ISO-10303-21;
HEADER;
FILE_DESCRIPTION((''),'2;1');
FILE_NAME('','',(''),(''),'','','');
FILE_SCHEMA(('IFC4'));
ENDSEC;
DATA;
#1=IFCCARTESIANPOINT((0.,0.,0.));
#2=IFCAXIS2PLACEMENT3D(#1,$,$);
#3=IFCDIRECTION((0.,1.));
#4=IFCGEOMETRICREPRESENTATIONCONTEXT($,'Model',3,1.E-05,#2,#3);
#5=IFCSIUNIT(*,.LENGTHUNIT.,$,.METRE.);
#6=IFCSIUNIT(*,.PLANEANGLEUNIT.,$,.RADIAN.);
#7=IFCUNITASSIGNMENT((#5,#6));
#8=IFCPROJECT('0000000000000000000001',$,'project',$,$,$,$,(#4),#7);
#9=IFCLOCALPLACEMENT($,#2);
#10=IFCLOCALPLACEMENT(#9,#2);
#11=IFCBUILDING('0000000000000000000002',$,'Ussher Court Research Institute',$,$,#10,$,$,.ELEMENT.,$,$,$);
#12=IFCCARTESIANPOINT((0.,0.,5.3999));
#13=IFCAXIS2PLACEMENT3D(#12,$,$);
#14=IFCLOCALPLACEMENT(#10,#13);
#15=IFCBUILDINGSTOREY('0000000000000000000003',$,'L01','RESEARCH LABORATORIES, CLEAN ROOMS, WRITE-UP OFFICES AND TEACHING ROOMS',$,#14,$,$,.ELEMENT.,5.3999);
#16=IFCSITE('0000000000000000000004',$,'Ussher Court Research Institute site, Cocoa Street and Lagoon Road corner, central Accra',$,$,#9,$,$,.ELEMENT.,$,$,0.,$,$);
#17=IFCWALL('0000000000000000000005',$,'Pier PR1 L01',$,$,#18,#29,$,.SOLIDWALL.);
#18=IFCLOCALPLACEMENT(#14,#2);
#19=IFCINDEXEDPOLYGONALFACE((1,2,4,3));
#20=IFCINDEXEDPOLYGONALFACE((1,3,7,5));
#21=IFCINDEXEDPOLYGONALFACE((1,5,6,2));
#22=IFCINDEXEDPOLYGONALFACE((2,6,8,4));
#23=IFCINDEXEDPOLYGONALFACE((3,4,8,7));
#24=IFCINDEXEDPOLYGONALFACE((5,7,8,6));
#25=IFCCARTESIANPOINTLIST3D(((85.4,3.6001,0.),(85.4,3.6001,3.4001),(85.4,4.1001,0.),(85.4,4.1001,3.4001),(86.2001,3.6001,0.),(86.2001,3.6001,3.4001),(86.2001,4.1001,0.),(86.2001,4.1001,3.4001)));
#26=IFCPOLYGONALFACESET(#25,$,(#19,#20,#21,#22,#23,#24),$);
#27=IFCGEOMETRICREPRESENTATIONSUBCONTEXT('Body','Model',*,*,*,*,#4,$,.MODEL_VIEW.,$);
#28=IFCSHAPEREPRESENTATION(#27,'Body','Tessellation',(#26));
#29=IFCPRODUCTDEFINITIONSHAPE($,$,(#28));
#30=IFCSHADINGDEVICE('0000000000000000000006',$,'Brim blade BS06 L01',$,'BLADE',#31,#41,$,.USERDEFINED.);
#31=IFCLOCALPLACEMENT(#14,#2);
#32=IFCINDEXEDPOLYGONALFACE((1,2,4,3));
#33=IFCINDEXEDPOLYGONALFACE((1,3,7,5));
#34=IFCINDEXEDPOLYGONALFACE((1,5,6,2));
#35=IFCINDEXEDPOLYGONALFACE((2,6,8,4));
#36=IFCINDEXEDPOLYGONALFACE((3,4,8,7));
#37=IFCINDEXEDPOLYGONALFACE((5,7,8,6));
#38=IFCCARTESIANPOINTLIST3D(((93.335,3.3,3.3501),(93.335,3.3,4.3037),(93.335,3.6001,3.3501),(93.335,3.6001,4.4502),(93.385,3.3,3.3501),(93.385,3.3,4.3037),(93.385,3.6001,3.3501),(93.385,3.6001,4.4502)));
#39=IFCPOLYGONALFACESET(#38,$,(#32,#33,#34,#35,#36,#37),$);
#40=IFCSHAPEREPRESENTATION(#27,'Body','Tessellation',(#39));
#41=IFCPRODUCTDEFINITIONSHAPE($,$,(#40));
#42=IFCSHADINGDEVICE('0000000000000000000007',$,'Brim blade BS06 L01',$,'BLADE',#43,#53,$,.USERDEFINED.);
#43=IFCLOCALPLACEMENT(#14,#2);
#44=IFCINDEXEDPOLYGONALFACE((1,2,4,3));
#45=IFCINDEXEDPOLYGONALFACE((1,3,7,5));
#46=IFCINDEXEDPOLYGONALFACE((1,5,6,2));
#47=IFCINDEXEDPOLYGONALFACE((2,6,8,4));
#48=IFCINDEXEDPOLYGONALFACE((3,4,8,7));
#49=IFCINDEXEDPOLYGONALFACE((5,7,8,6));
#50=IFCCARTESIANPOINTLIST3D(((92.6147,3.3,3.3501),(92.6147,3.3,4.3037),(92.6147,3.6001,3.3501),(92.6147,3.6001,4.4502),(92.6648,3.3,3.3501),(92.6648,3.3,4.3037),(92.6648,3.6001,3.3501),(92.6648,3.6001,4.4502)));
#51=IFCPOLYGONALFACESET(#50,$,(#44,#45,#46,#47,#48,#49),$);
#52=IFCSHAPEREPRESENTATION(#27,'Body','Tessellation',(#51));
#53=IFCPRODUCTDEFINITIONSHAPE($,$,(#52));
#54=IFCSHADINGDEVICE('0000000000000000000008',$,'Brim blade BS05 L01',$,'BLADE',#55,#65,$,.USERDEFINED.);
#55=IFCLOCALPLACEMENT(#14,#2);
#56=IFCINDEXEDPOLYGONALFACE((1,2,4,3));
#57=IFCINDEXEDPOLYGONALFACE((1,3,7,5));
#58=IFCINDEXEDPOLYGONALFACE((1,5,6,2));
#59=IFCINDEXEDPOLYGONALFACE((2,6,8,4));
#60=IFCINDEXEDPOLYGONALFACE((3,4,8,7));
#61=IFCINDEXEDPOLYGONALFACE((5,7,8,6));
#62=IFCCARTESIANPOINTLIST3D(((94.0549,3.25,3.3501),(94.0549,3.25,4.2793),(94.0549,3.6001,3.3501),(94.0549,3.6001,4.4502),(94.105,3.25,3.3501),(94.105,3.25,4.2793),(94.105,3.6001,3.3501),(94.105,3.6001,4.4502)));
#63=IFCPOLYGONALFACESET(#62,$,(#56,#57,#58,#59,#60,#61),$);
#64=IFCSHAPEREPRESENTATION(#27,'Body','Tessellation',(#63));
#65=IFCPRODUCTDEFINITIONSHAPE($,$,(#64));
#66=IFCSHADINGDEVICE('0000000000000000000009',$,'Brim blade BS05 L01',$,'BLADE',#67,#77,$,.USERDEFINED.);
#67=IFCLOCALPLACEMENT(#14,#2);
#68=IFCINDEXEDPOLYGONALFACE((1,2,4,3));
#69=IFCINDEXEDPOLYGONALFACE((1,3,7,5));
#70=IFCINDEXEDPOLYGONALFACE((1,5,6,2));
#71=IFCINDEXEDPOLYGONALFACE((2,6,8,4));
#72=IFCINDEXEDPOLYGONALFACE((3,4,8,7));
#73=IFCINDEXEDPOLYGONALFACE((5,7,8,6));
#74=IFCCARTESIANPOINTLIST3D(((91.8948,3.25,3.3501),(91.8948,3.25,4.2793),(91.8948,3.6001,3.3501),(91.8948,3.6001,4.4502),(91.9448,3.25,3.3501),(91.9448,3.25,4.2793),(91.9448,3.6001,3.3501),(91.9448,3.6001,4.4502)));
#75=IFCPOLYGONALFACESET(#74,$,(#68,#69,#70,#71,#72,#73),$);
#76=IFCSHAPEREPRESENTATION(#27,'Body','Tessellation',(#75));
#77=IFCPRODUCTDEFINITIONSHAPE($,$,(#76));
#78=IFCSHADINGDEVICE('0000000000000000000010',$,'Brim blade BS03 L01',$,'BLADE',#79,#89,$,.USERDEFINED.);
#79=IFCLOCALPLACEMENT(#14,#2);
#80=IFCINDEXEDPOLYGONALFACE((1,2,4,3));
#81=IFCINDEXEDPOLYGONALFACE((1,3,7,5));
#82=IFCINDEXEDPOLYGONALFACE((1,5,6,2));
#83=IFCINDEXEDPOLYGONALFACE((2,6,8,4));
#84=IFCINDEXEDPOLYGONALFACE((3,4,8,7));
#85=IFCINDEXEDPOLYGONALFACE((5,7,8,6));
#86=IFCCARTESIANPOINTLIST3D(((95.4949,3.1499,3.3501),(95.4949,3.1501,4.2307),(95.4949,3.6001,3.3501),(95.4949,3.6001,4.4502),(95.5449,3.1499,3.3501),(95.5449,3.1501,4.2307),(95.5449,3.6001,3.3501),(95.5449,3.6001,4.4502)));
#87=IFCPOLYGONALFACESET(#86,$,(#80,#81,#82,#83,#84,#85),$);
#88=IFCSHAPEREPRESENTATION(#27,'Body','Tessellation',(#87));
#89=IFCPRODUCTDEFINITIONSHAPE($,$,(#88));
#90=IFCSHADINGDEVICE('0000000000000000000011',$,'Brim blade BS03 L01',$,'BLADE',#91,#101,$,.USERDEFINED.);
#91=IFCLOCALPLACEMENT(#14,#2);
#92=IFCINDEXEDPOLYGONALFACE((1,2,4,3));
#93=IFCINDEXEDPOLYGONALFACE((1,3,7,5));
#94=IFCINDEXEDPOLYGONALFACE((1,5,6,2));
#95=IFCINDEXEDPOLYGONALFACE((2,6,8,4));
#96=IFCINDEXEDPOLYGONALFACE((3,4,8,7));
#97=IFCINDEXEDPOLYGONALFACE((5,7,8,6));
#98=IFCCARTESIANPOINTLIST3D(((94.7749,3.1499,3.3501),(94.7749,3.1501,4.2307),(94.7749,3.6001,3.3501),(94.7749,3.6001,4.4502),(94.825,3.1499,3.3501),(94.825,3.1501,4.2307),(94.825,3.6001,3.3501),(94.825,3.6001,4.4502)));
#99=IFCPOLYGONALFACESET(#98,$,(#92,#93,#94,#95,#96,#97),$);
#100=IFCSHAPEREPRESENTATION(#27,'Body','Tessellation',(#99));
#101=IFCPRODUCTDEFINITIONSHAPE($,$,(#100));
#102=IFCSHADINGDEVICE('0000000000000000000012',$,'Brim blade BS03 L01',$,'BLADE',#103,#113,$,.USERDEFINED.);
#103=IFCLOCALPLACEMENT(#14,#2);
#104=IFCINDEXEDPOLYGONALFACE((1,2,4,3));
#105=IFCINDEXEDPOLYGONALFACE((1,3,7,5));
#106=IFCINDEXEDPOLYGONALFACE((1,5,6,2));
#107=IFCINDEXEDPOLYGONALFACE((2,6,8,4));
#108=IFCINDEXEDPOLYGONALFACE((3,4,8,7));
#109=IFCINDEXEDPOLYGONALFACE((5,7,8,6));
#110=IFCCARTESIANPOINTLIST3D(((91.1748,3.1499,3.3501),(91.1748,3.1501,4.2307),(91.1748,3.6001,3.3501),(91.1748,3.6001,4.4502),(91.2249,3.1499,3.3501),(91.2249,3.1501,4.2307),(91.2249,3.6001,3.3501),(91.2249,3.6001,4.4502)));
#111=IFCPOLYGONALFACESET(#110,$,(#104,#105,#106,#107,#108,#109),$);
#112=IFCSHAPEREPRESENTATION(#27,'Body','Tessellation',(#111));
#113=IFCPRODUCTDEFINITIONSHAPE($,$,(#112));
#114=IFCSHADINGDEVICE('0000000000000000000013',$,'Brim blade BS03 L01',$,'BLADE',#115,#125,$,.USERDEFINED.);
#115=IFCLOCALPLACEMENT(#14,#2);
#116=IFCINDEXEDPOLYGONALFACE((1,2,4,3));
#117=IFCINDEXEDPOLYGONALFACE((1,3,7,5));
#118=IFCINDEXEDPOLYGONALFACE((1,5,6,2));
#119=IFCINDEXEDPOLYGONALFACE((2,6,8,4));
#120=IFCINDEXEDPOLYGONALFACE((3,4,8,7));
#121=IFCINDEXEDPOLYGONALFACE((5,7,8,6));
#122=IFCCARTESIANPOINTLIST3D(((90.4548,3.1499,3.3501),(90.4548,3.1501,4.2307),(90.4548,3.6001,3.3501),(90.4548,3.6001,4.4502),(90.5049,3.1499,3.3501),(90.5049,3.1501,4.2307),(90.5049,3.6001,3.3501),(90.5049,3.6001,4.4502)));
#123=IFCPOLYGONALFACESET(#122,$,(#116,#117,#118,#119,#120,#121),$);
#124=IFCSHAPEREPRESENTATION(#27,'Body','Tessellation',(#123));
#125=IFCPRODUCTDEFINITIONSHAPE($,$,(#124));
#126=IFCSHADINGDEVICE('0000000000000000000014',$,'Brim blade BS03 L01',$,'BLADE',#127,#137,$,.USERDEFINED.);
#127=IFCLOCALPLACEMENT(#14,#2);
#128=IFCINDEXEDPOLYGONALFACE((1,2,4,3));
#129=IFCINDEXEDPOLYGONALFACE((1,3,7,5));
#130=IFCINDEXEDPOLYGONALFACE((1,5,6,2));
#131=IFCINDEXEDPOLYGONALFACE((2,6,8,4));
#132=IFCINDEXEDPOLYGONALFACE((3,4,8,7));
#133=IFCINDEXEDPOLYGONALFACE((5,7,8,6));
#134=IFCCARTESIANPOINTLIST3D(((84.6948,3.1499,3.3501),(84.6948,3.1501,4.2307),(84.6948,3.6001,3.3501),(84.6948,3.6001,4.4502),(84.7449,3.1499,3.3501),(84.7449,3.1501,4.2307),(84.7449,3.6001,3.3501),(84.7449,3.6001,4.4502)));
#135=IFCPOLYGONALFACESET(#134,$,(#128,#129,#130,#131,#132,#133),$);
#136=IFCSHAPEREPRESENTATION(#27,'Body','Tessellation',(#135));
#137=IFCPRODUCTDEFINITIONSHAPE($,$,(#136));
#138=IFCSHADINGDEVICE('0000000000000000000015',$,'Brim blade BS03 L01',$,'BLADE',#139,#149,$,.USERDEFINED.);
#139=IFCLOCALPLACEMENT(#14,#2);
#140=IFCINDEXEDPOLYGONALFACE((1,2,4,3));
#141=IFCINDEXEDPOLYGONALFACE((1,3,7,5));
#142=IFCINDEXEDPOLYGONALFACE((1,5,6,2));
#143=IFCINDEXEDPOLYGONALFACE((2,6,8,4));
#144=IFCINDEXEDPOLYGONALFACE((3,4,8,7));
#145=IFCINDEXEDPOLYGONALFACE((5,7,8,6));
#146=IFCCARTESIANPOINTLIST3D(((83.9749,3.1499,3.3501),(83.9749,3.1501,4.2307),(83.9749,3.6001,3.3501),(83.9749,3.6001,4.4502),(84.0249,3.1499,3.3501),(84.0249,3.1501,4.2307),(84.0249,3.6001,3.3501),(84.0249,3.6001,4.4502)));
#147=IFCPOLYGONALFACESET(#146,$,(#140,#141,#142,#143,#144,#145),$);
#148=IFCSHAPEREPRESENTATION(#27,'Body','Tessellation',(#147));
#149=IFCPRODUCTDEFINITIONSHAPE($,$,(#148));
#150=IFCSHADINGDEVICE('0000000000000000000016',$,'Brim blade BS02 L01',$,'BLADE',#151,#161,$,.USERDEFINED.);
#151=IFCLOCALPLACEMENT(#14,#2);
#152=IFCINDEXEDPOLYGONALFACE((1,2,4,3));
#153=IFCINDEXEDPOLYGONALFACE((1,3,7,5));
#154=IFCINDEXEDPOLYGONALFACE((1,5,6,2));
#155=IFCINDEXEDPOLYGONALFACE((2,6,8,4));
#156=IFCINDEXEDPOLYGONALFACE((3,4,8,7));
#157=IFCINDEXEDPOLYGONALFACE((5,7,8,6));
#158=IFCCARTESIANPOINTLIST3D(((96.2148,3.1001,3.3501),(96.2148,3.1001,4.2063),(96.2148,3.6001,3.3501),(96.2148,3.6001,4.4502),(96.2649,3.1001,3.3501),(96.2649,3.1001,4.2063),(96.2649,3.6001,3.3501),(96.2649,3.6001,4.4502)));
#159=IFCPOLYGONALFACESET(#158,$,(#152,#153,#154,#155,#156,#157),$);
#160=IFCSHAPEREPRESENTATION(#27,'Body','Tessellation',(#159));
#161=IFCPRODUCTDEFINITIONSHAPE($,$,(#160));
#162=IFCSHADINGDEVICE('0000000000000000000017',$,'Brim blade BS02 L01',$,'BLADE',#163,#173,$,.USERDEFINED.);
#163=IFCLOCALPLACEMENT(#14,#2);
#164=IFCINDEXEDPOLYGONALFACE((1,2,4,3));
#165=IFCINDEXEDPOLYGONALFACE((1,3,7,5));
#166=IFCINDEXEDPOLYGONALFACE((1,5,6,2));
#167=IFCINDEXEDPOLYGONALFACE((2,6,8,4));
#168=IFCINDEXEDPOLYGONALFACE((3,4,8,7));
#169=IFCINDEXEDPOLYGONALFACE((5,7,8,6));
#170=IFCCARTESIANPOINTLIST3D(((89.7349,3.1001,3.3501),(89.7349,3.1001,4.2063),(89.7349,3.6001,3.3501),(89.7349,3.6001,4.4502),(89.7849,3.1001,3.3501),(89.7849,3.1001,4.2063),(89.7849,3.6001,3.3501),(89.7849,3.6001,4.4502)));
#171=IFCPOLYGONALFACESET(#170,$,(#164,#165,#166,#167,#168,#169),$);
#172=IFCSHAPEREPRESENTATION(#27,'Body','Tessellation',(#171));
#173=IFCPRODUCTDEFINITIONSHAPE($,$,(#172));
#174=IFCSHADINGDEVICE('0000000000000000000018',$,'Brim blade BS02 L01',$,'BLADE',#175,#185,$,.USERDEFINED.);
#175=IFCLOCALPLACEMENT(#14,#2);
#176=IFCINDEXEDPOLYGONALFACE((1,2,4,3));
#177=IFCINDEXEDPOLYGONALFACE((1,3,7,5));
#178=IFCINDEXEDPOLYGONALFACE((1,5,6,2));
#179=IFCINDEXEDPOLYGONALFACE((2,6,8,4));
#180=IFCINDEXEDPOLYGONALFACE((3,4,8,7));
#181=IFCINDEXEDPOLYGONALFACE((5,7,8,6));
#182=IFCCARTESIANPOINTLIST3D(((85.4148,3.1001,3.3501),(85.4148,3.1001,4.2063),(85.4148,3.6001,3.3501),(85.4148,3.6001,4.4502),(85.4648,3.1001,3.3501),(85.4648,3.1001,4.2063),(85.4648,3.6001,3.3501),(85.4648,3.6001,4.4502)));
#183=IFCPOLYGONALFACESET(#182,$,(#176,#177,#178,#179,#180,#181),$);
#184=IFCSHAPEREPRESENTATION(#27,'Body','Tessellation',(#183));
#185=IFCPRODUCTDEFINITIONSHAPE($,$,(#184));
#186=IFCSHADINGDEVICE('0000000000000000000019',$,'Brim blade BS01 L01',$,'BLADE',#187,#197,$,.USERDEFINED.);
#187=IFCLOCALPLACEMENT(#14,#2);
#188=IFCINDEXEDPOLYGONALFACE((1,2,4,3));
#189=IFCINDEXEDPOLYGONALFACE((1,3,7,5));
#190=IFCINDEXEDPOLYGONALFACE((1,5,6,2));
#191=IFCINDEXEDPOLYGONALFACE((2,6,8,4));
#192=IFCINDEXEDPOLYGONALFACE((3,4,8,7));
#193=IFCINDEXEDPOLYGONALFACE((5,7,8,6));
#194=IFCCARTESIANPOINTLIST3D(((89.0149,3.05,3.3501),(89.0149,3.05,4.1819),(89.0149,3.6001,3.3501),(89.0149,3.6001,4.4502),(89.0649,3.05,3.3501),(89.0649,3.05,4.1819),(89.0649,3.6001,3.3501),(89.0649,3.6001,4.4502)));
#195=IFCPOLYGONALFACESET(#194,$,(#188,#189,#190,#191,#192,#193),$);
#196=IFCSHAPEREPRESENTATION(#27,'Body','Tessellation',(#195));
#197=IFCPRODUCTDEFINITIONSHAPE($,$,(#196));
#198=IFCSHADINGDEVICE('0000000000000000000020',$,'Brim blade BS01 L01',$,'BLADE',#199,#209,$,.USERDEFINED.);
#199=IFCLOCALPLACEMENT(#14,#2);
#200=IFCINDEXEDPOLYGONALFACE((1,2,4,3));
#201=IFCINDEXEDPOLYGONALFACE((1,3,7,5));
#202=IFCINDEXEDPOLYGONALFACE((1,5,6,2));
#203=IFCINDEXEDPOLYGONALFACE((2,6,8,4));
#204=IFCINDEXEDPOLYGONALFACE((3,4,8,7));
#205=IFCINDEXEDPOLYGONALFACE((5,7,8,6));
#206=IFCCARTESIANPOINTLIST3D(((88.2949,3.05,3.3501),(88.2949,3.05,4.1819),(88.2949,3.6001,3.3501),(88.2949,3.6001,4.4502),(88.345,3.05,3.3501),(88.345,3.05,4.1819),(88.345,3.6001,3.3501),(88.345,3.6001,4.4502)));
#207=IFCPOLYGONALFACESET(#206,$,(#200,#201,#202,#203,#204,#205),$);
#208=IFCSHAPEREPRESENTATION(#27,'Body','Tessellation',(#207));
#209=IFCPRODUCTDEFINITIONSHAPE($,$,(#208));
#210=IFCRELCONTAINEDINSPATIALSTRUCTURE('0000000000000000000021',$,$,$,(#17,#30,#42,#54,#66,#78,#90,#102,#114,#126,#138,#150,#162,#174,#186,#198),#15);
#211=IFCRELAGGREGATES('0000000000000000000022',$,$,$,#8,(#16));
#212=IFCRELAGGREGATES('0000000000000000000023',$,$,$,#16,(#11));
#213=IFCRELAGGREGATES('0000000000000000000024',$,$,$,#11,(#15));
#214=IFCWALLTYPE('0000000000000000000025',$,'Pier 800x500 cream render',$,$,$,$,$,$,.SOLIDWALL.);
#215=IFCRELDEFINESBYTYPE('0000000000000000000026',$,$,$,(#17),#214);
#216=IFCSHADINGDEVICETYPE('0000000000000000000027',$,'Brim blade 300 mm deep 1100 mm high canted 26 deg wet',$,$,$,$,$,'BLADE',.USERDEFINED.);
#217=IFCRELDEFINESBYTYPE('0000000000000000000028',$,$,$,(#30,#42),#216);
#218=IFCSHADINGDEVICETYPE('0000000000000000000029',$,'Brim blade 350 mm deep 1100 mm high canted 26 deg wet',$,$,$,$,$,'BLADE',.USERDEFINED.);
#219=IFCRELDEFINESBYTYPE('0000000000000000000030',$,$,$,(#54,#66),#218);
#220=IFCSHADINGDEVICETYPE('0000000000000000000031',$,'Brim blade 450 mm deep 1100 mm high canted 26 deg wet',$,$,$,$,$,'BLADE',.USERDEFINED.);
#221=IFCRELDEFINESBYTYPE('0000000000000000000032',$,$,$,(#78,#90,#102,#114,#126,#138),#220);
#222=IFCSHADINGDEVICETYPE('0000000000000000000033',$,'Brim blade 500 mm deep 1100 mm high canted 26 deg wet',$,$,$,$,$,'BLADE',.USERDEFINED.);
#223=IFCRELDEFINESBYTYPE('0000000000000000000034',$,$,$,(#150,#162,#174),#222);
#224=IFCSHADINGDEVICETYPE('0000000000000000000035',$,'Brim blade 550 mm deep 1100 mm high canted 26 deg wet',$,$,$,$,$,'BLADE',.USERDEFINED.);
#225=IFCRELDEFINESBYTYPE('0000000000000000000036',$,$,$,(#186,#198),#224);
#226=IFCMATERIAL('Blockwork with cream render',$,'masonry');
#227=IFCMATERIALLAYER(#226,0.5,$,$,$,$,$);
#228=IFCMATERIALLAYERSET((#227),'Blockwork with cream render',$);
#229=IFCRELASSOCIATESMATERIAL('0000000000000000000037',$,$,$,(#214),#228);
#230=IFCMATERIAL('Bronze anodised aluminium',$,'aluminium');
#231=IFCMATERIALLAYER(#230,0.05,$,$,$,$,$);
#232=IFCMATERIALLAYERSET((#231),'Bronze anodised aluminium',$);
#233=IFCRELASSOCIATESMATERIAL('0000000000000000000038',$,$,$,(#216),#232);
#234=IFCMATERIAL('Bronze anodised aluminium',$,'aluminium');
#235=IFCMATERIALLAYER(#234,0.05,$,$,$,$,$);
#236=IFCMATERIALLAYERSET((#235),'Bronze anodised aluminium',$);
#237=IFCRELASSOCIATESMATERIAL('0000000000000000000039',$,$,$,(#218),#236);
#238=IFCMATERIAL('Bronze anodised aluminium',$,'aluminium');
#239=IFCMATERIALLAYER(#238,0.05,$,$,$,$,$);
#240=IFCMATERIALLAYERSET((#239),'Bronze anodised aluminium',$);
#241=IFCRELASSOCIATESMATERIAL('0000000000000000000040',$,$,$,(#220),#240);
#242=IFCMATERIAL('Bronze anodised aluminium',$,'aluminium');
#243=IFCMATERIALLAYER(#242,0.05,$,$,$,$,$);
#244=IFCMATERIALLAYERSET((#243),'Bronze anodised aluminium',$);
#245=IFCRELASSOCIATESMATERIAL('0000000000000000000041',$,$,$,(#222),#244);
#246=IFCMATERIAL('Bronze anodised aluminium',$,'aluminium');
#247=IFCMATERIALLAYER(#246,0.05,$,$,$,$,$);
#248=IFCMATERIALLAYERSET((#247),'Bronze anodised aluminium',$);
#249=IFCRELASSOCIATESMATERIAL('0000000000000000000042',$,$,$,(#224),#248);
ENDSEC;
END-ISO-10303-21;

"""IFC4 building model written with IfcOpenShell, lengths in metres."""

from ifc_helpers import new_model, si_unit, direction, frame, frame_2d, origin, place, context, subcontext, project, spatial, polyline, rectangle, outline, extrude, material, layer, layer_set, type_object, element, save


model = new_model("IFC4")

# Units and contexts
model_context = context("Model", 3, precision=1e-05, world=origin(), true_north=direction((0.0, 1.0)))
body_context = subcontext(model_context, "Body", "Model", "MODEL_VIEW")
ifc_project = project(units=[si_unit("LENGTHUNIT", "METRE"), si_unit("PLANEANGLEUNIT", "RADIAN")], contexts=[model_context])

# Site, building, storey
site_placement = place(None, origin())
site = spatial("IfcSite", under=ifc_project, at=site_placement, Name="Ussher Court Research Institute site, Cocoa Street and Lagoon Road corner, central Accra", CompositionType="ELEMENT", RefElevation=0.0)
building_placement = place(site_placement, origin())
building = spatial("IfcBuilding", under=site, at=building_placement, Name="Ussher Court Research Institute", CompositionType="ELEMENT")
storey_placement = place(building_placement, frame((0.0, 0.0, 5.3999)))
storey = spatial("IfcBuildingStorey", under=building, at=storey_placement, Name="L01", Description="RESEARCH LABORATORIES, CLEAN ROOMS, WRITE-UP OFFICES AND TEACHING ROOMS", CompositionType="ELEMENT", Elevation=5.3999)

# Wall
ifc_material_1 = material(Name="Blockwork with cream render", Category="masonry")
ifc_layer_1 = layer(ifc_material_1, 0.5)
ifc_layer_set_1 = layer_set([ifc_layer_1], Name="Blockwork with cream render")
wall_type_1 = type_object("IfcWallType", Name="Pier 800x500 cream render", PredefinedType="SOLIDWALL", material=ifc_layer_set_1)
wall_1_placement = place(storey_placement, frame((86.2, 3.8501, 0.0), z_axis=(0.0, 0.0, 1.0), x_axis=(-1.0, 0.0, 0.0)))
element("IfcWall", 1, at=wall_1_placement, inside=storey, type_object=wall_type_1, Name="Pier PR1 L01", PredefinedType="SOLIDWALL", context=body_context, shape_type="SweptSolid", body=[
    extrude(rectangle(XDim=0.8, YDim=0.5, at=frame_2d((0.3999, 0.0))), origin(), (0.0, 0.0, 1.0), 3.4001),
])

# Shading devices
ifc_material_2 = material(Name="Bronze anodised aluminium", Category="aluminium")
ifc_layer_2 = layer(ifc_material_2, 0.05)
ifc_layer_set_2 = layer_set([ifc_layer_2], Name="Bronze anodised aluminium")
shading_device_type_1 = type_object("IfcShadingDeviceType", Name="Brim blade 300 mm deep 1100 mm high canted 26 deg wet", ElementType="BLADE", PredefinedType="USERDEFINED", material=ifc_layer_set_2)
for number, where, z_axis, x_axis, name in (
    (2, (93.3601, 3.6001, 3.3501), (0.0, 0.0, 1.0), (0.0, -1.0, 0.0), "Brim blade BS06 L01"),
    (3, (92.6399, 3.6001, 3.3501), (0.0, 0.0, 1.0), (0.0, -1.0, 0.0), "Brim blade BS06 L01"),
):
    element("IfcShadingDevice", number, at=place(storey_placement, frame(where, z_axis=z_axis, x_axis=x_axis)), inside=storey, type_object=shading_device_type_1, Name=name, ObjectType="BLADE", PredefinedType="USERDEFINED", context=body_context, shape_type="SweptSolid", body=[
        extrude(outline(polyline([(0.0, 0.0), (0.3, 0.0), (0.3, 0.9536), (0.0, 1.1001), (0.0, 0.0)])), frame((0.0, 0.0249, 0.0), z_axis=(0.0, -1.0, 0.0), x_axis=(1.0, 0.0, 0.0)), (0.0, 0.0, 1.0), 0.05),
    ])
ifc_material_3 = material(Name="Bronze anodised aluminium", Category="aluminium")
ifc_layer_3 = layer(ifc_material_3, 0.05)
ifc_layer_set_3 = layer_set([ifc_layer_3], Name="Bronze anodised aluminium")
shading_device_type_2 = type_object("IfcShadingDeviceType", Name="Brim blade 350 mm deep 1100 mm high canted 26 deg wet", ElementType="BLADE", PredefinedType="USERDEFINED", material=ifc_layer_set_3)
for number, where, z_axis, x_axis, name in (
    (4, (94.0801, 3.6001, 3.3501), (0.0, 0.0, 1.0), (0.0, -1.0, 0.0), "Brim blade BS05 L01"),
    (5, (91.9199, 3.6001, 3.3501), (0.0, 0.0, 1.0), (0.0, -1.0, 0.0), "Brim blade BS05 L01"),
):
    element("IfcShadingDevice", number, at=place(storey_placement, frame(where, z_axis=z_axis, x_axis=x_axis)), inside=storey, type_object=shading_device_type_2, Name=name, ObjectType="BLADE", PredefinedType="USERDEFINED", context=body_context, shape_type="SweptSolid", body=[
        extrude(outline(polyline([(0.0, 0.0), (0.3501, 0.0), (0.3501, 0.9292), (0.0, 1.1001), (0.0, 0.0)])), frame((0.0, 0.0249, 0.0), z_axis=(0.0, -1.0, 0.0), x_axis=(1.0, 0.0, 0.0)), (0.0, 0.0, 1.0), 0.05),
    ])
ifc_material_4 = material(Name="Bronze anodised aluminium", Category="aluminium")
ifc_layer_4 = layer(ifc_material_4, 0.05)
ifc_layer_set_4 = layer_set([ifc_layer_4], Name="Bronze anodised aluminium")
shading_device_type_3 = type_object("IfcShadingDeviceType", Name="Brim blade 450 mm deep 1100 mm high canted 26 deg wet", ElementType="BLADE", PredefinedType="USERDEFINED", material=ifc_layer_set_4)
for number, where, z_axis, x_axis, name in (
    (6, (95.52, 3.6001, 3.3501), (0.0, 0.0, 1.0), (0.0, -1.0, 0.0), "Brim blade BS03 L01"),
    (7, (94.8, 3.6001, 3.3501), (0.0, 0.0, 1.0), (0.0, -1.0, 0.0), "Brim blade BS03 L01"),
    (8, (91.2, 3.6001, 3.3501), (0.0, 0.0, 1.0), (0.0, -1.0, 0.0), "Brim blade BS03 L01"),
    (9, (90.48, 3.6001, 3.3501), (0.0, 0.0, 1.0), (0.0, -1.0, 0.0), "Brim blade BS03 L01"),
    (10, (84.72, 3.6001, 3.3501), (0.0, 0.0, 1.0), (0.0, -1.0, 0.0), "Brim blade BS03 L01"),
    (11, (84.0, 3.6001, 3.3501), (0.0, 0.0, 1.0), (0.0, -1.0, 0.0), "Brim blade BS03 L01"),
):
    element("IfcShadingDevice", number, at=place(storey_placement, frame(where, z_axis=z_axis, x_axis=x_axis)), inside=storey, type_object=shading_device_type_3, Name=name, ObjectType="BLADE", PredefinedType="USERDEFINED", context=body_context, shape_type="SweptSolid", body=[
        extrude(outline(polyline([(0.0, 0.0), (0.4502, 0.0), (0.45, 0.8806), (0.0, 1.1001), (0.0, 0.0)])), frame((0.0, 0.0249, 0.0), z_axis=(0.0, -1.0, 0.0), x_axis=(1.0, 0.0, 0.0)), (0.0, 0.0, 1.0), 0.05),
    ])
ifc_material_5 = material(Name="Bronze anodised aluminium", Category="aluminium")
ifc_layer_5 = layer(ifc_material_5, 0.05)
ifc_layer_set_5 = layer_set([ifc_layer_5], Name="Bronze anodised aluminium")
shading_device_type_4 = type_object("IfcShadingDeviceType", Name="Brim blade 500 mm deep 1100 mm high canted 26 deg wet", ElementType="BLADE", PredefinedType="USERDEFINED", material=ifc_layer_set_5)
for number, where, z_axis, x_axis, name in (
    (12, (96.24, 3.6001, 3.3501), (0.0, 0.0, 1.0), (0.0, -1.0, 0.0), "Brim blade BS02 L01"),
    (13, (89.76, 3.6001, 3.3501), (0.0, 0.0, 1.0), (0.0, -1.0, 0.0), "Brim blade BS02 L01"),
    (14, (85.4399, 3.6001, 3.3501), (0.0, 0.0, 1.0), (0.0, -1.0, 0.0), "Brim blade BS02 L01"),
):
    element("IfcShadingDevice", number, at=place(storey_placement, frame(where, z_axis=z_axis, x_axis=x_axis)), inside=storey, type_object=shading_device_type_4, Name=name, ObjectType="BLADE", PredefinedType="USERDEFINED", context=body_context, shape_type="SweptSolid", body=[
        extrude(outline(polyline([(0.0, 0.0), (0.5, 0.0), (0.5, 0.8562), (0.0, 1.1001), (0.0, 0.0)])), frame((0.0, 0.0249, 0.0), z_axis=(0.0, -1.0, 0.0), x_axis=(1.0, 0.0, 0.0)), (0.0, 0.0, 1.0), 0.05),
    ])
ifc_material_6 = material(Name="Bronze anodised aluminium", Category="aluminium")
ifc_layer_6 = layer(ifc_material_6, 0.05)
ifc_layer_set_6 = layer_set([ifc_layer_6], Name="Bronze anodised aluminium")
shading_device_type_5 = type_object("IfcShadingDeviceType", Name="Brim blade 550 mm deep 1100 mm high canted 26 deg wet", ElementType="BLADE", PredefinedType="USERDEFINED", material=ifc_layer_set_6)
for number, where, z_axis, x_axis, name in (
    (15, (89.04, 3.6001, 3.3501), (0.0, 0.0, 1.0), (0.0, -1.0, 0.0), "Brim blade BS01 L01"),
    (16, (88.3201, 3.6001, 3.3501), (0.0, 0.0, 1.0), (0.0, -1.0, 0.0), "Brim blade BS01 L01"),
):
    element("IfcShadingDevice", number, at=place(storey_placement, frame(where, z_axis=z_axis, x_axis=x_axis)), inside=storey, type_object=shading_device_type_5, Name=name, ObjectType="BLADE", PredefinedType="USERDEFINED", context=body_context, shape_type="SweptSolid", body=[
        extrude(outline(polyline([(0.0, 0.0), (0.55, 0.0), (0.55, 0.8318), (0.0, 1.1001), (0.0, 0.0)])), frame((0.0, 0.0249, 0.0), z_axis=(0.0, -1.0, 0.0), x_axis=(1.0, 0.0, 0.0)), (0.0, 0.0, 1.0), 0.05),
    ])

save(model, "model.ifc")
